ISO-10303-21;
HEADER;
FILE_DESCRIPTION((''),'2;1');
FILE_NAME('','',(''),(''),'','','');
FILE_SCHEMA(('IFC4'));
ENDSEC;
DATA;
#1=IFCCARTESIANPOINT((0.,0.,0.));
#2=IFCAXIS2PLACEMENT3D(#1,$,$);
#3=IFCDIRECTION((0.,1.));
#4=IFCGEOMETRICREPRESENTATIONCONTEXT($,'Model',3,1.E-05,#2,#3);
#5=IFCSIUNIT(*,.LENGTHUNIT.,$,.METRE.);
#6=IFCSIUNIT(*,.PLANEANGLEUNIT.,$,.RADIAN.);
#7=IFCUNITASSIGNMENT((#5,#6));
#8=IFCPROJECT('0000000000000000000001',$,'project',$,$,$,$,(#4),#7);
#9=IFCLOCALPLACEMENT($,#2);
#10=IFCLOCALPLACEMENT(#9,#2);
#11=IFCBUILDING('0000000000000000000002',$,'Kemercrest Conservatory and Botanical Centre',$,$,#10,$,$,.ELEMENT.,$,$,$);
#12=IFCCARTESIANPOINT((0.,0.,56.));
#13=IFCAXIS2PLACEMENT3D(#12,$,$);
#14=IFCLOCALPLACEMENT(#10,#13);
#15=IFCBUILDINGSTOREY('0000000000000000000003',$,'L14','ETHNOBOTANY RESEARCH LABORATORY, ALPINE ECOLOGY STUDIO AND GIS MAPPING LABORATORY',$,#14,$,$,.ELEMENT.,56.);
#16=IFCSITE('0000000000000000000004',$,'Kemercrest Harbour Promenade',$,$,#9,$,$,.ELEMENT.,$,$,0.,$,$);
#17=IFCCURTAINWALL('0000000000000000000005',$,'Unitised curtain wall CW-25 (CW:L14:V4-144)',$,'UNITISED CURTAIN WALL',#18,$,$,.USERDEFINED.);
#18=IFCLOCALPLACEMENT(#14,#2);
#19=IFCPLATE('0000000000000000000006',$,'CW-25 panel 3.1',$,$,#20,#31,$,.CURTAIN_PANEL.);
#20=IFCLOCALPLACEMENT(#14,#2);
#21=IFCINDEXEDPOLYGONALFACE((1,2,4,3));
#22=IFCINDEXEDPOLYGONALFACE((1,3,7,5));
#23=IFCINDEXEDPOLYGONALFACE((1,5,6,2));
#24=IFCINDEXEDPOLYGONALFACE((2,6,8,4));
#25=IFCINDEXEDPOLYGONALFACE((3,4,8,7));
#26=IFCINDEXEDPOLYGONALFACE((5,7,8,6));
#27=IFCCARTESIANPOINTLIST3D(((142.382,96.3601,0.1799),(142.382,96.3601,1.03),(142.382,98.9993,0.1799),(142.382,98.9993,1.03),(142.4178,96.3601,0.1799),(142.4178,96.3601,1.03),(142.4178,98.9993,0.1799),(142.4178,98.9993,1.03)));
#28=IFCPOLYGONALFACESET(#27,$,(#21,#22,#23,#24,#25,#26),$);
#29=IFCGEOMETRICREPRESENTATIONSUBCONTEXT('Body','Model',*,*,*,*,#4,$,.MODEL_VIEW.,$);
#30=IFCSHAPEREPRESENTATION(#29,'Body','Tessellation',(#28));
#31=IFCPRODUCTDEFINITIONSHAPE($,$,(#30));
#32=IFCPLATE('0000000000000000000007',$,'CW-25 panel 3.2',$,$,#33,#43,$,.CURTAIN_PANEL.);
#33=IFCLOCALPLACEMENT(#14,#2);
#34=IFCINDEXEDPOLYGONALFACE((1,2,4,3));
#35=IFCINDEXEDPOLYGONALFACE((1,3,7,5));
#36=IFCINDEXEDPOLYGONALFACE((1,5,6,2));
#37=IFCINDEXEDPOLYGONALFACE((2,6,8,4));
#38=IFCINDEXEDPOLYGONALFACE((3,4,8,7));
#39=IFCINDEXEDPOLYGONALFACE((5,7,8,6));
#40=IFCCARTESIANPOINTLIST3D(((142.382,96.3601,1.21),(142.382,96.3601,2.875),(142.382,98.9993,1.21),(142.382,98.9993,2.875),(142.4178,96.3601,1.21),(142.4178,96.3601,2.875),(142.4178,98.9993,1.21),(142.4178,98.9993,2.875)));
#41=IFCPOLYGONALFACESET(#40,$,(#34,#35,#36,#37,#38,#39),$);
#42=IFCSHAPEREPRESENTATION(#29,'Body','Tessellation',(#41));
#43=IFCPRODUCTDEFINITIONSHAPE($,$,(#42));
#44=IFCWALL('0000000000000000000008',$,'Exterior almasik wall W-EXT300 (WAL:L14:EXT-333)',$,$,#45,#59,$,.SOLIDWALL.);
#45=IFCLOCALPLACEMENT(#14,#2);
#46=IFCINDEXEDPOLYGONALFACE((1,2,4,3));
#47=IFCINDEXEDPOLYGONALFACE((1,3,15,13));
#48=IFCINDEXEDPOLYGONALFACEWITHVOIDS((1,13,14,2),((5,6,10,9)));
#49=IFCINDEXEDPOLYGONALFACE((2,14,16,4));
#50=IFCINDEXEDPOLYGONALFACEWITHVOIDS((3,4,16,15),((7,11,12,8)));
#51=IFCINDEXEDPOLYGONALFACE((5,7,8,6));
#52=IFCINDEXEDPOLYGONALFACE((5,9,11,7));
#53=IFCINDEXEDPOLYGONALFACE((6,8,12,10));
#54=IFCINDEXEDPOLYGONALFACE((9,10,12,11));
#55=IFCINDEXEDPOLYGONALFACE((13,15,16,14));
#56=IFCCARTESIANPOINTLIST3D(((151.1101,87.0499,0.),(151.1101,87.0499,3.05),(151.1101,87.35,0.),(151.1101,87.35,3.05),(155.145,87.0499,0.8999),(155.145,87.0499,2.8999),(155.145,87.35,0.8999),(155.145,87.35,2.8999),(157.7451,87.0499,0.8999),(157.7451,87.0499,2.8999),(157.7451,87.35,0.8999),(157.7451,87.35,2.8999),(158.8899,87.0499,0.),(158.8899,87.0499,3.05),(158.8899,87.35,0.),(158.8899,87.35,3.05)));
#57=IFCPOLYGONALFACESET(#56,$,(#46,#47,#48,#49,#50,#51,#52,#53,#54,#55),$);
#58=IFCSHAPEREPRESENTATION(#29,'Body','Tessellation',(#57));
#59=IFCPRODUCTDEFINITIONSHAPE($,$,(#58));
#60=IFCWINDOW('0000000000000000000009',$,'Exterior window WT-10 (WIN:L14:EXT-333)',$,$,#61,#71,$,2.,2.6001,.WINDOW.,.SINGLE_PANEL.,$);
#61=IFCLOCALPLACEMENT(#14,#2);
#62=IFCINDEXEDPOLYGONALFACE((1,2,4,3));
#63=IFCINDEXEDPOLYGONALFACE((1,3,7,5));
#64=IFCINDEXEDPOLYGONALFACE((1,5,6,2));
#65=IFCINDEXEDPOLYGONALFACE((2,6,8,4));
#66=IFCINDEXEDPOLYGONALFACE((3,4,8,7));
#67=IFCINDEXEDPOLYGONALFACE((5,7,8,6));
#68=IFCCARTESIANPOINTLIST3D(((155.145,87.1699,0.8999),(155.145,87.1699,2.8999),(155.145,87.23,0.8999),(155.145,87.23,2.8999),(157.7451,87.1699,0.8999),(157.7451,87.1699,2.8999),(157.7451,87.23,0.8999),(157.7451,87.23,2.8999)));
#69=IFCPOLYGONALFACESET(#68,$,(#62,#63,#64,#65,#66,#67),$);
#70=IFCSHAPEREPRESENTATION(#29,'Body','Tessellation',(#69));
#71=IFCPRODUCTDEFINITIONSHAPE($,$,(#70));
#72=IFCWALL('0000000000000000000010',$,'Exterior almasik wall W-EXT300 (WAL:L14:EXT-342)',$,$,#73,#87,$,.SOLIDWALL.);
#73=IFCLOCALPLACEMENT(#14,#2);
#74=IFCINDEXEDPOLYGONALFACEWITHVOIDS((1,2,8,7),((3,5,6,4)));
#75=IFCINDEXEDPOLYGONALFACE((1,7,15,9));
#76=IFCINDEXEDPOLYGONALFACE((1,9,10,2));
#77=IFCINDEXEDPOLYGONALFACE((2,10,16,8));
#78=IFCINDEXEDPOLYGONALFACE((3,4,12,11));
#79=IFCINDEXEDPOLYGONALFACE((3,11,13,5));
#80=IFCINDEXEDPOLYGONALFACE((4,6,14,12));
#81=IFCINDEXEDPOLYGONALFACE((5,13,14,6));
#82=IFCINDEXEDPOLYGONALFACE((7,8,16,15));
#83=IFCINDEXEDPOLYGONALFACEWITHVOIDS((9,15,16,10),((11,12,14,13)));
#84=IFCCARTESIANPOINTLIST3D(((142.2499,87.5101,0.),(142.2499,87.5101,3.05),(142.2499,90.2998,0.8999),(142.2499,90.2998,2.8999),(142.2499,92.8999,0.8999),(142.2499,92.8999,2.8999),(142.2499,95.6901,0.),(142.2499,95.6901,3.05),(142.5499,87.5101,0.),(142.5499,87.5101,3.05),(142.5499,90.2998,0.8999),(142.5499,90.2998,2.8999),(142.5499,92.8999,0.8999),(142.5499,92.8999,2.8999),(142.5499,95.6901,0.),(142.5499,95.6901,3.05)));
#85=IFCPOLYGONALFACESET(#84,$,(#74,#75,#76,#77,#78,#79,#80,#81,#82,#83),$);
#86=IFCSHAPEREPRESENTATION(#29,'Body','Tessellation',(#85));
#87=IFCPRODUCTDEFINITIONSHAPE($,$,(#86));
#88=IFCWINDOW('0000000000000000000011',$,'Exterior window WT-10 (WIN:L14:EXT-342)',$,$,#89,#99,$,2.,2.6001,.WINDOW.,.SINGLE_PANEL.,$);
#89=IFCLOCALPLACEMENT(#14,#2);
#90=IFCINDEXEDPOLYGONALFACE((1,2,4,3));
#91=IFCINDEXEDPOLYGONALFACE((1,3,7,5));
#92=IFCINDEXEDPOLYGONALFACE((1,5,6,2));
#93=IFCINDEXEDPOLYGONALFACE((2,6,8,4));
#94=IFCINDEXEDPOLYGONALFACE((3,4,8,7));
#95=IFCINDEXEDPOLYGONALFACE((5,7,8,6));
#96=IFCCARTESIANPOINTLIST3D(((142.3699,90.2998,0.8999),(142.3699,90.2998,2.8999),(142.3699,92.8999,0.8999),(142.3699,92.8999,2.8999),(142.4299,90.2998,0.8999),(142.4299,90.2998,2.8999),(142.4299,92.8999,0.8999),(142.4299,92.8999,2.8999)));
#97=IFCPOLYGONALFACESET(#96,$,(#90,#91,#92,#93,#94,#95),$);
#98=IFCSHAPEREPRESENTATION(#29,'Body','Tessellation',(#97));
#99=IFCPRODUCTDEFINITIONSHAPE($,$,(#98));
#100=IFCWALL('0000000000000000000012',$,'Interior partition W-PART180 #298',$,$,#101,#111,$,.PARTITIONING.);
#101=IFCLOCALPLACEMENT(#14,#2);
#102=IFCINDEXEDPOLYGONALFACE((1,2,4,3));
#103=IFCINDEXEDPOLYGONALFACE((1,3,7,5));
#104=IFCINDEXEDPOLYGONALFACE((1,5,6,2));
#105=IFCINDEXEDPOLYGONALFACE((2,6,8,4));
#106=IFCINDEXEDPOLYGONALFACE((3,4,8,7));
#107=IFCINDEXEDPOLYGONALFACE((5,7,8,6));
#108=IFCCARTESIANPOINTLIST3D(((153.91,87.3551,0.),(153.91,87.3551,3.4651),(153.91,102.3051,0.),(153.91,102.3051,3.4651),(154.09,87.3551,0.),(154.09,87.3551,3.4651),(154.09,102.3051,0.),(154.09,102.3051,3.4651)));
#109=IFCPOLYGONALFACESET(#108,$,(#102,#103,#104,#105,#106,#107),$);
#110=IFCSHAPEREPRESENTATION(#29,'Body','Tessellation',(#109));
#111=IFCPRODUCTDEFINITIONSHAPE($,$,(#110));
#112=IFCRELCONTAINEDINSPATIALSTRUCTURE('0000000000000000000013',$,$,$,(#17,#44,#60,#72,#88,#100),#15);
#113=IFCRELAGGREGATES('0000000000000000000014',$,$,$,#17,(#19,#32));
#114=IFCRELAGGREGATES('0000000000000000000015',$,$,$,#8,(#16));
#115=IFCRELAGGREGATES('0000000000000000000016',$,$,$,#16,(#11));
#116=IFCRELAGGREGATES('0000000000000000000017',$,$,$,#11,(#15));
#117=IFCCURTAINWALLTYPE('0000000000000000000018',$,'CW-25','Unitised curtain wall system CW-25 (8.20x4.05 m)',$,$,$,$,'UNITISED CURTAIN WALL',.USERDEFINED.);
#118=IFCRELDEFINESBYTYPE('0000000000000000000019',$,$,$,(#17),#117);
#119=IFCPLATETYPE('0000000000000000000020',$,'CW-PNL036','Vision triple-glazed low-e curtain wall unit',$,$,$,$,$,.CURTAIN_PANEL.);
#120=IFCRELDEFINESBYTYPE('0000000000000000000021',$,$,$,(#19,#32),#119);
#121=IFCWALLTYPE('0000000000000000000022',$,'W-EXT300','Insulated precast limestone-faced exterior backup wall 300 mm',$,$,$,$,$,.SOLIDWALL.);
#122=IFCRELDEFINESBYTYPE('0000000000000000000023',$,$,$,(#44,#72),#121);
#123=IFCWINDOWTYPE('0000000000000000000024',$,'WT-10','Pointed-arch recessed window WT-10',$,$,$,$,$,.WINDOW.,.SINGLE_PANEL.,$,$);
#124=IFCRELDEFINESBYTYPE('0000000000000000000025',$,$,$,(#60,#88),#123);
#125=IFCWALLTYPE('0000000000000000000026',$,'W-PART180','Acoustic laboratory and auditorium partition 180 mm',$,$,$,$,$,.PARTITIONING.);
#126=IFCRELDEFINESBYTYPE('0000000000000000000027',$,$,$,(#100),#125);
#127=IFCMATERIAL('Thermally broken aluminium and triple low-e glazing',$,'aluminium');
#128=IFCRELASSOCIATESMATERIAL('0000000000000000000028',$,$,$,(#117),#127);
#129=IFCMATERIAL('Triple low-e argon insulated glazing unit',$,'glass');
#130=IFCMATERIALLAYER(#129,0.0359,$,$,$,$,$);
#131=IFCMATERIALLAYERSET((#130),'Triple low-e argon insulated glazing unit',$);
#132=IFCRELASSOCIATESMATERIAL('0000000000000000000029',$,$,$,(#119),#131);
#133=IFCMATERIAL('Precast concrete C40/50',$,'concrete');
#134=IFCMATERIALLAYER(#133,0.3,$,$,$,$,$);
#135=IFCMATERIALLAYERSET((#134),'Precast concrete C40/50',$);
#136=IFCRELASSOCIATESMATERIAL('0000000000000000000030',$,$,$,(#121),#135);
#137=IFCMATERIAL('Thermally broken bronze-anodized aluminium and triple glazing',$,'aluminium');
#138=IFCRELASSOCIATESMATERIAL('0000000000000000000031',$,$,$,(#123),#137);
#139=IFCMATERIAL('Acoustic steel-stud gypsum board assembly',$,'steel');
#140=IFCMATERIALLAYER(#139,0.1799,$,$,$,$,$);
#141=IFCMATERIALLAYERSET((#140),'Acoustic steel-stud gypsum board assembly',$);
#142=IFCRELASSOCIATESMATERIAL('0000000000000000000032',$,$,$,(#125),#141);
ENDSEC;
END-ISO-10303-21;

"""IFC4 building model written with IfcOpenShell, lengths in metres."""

from ifc_helpers import new_model, si_unit, direction, frame, frame_2d, origin, origin_2d, place, context, subcontext, project, spatial, rectangle, extrude, material, layer, layer_set, type_object, element, fill, aggregate, save


model = new_model("IFC4")

# Units and contexts
model_context = context("Model", 3, precision=1e-05, world=origin(), true_north=direction((0.0, 1.0)))
body_context = subcontext(model_context, "Body", "Model", "MODEL_VIEW")
ifc_project = project(units=[si_unit("LENGTHUNIT", "METRE"), si_unit("PLANEANGLEUNIT", "RADIAN")], contexts=[model_context])

# Site, building, storey
site_placement = place(None, origin())
site = spatial("IfcSite", under=ifc_project, at=site_placement, Name="Kemercrest Harbour Promenade", CompositionType="ELEMENT", RefElevation=0.0)
building_placement = place(site_placement, origin())
building = spatial("IfcBuilding", under=site, at=building_placement, Name="Kemercrest Conservatory and Botanical Centre", CompositionType="ELEMENT")
storey_placement = place(building_placement, frame((0.0, 0.0, 56.0)))
storey = spatial("IfcBuildingStorey", under=building, at=storey_placement, Name="L14", Description="ETHNOBOTANY RESEARCH LABORATORY, ALPINE ECOLOGY STUDIO AND GIS MAPPING LABORATORY", CompositionType="ELEMENT", Elevation=56.0)

# Curtain wall
ifc_material_1 = material(Name="Thermally broken aluminium and triple low-e glazing", Category="aluminium")
curtain_wall_type = type_object("IfcCurtainWallType", Name="CW-25", Description="Unitised curtain wall system CW-25 (8.20x4.05 m)", ElementType="UNITISED CURTAIN WALL", PredefinedType="USERDEFINED", material=ifc_material_1)
curtain_wall_placement = place(storey_placement, origin())
curtain_wall = element("IfcCurtainWall", 1, at=curtain_wall_placement, inside=storey, type_object=curtain_wall_type, Name="Unitised curtain wall CW-25 (CW:L14:V4-144)", ObjectType="UNITISED CURTAIN WALL", PredefinedType="USERDEFINED")

# Plates
ifc_material_2 = material(Name="Triple low-e argon insulated glazing unit", Category="glass")
ifc_layer_1 = layer(ifc_material_2, 0.0359)
ifc_layer_set_1 = layer_set([ifc_layer_1], Name="Triple low-e argon insulated glazing unit")
plate_type = type_object("IfcPlateType", Name="CW-PNL036", Description="Vision triple-glazed low-e curtain wall unit", PredefinedType="CURTAIN_PANEL", material=ifc_layer_set_1)
plate_1_placement = place(storey_placement, frame((142.3999, 97.6797, 0.1799), z_axis=(0.0, 0.0, 1.0), x_axis=(0.0, -1.0, 0.0)))
plate_1 = element("IfcPlate", 2, at=plate_1_placement, type_object=plate_type, Name="CW-25 panel 3.1", PredefinedType="CURTAIN_PANEL", context=body_context, shape_type="SweptSolid", body=[
    extrude(rectangle(XDim=2.6392, YDim=0.0359, at=origin_2d()), origin(), (0.0, 0.0, 1.0), 0.8501),
])
plate_2_placement = place(storey_placement, frame((142.3999, 97.6797, 1.21), z_axis=(0.0, 0.0, 1.0), x_axis=(0.0, -1.0, 0.0)))
plate_2 = element("IfcPlate", 3, at=plate_2_placement, type_object=plate_type, Name="CW-25 panel 3.2", PredefinedType="CURTAIN_PANEL", context=body_context, shape_type="SweptSolid", body=[
    extrude(rectangle(XDim=2.6392, YDim=0.0359, at=origin_2d()), origin(), (0.0, 0.0, 1.0), 1.665),
])
aggregate(curtain_wall, [plate_1, plate_2])

# Walls, openings, windows
ifc_material_3 = material(Name="Precast concrete C40/50", Category="concrete")
ifc_layer_2 = layer(ifc_material_3, 0.3)
ifc_layer_set_2 = layer_set([ifc_layer_2], Name="Precast concrete C40/50")
wall_type_1 = type_object("IfcWallType", Name="W-EXT300", Description="Insulated precast limestone-faced exterior backup wall 300 mm", PredefinedType="SOLIDWALL", material=ifc_layer_set_2)
wall_1_placement = place(storey_placement, frame((151.1101, 87.2, 0.0), z_axis=(0.0, 0.0, 1.0), x_axis=(1.0, 0.0, 0.0)))
wall_1 = element("IfcWall", 4, at=wall_1_placement, inside=storey, type_object=wall_type_1, Name="Exterior almasik wall W-EXT300 (WAL:L14:EXT-333)", PredefinedType="SOLIDWALL", context=body_context, shape_type="SweptSolid", body=[
    extrude(rectangle(XDim=7.7798, YDim=0.3, at=frame_2d((3.8899, 0.0))), origin(), (0.0, 0.0, 1.0), 3.05),
])
opening_1_placement = place(wall_1_placement, frame((4.0349, 0.0, 0.8999)))
opening_1 = element("IfcOpeningElement", 5, at=opening_1_placement, cuts=wall_1, PredefinedType="OPENING", context=body_context, shape_type="SweptSolid", body=[
    extrude(rectangle(XDim=2.6001, YDim=2.0, at=frame_2d((1.3, 1.0))), frame((0.0, 0.1602, 0.0), z_axis=(0.0, -1.0, 0.0), x_axis=(1.0, 0.0, 0.0)), (0.0, 0.0, 1.0), 0.3201),
])
ifc_material_4 = material(Name="Thermally broken bronze-anodized aluminium and triple glazing", Category="aluminium")
window_type = type_object("IfcWindowType", Name="WT-10", Description="Pointed-arch recessed window WT-10", PartitioningType="SINGLE_PANEL", PredefinedType="WINDOW", material=ifc_material_4)
window_1_placement = place(opening_1_placement, origin())
window_1 = element("IfcWindow", 6, at=window_1_placement, inside=storey, type_object=window_type, Name="Exterior window WT-10 (WIN:L14:EXT-333)", OverallHeight=2.0, OverallWidth=2.6001, PartitioningType="SINGLE_PANEL", PredefinedType="WINDOW", context=body_context, shape_type="SweptSolid", body=[
    extrude(rectangle(XDim=2.6001, YDim=2.0, at=frame_2d((1.3, 1.0))), frame((0.0, 0.03, 0.0), z_axis=(0.0, -1.0, 0.0), x_axis=(1.0, 0.0, 0.0)), (0.0, 0.0, 1.0), 0.0601),
])
fill(opening_1, window_1)
wall_2_placement = place(storey_placement, frame((142.3999, 95.6899, 0.0), z_axis=(0.0, 0.0, 1.0), x_axis=(0.0, -1.0, 0.0)))
wall_2 = element("IfcWall", 7, at=wall_2_placement, inside=storey, type_object=wall_type_1, Name="Exterior almasik wall W-EXT300 (WAL:L14:EXT-342)", PredefinedType="SOLIDWALL", context=body_context, shape_type="SweptSolid", body=[
    extrude(rectangle(XDim=8.1799, YDim=0.3, at=frame_2d((4.0898, 0.0))), origin(), (0.0, 0.0, 1.0), 3.05),
])
opening_2_placement = place(wall_2_placement, frame((2.79, 0.0, 0.8999)))
opening_2 = element("IfcOpeningElement", 8, at=opening_2_placement, cuts=wall_2, PredefinedType="OPENING", context=body_context, shape_type="SweptSolid", body=[
    extrude(rectangle(XDim=2.6001, YDim=2.0, at=frame_2d((1.3, 1.0))), frame((0.0, 0.1602, 0.0), z_axis=(0.0, -1.0, 0.0), x_axis=(1.0, 0.0, 0.0)), (0.0, 0.0, 1.0), 0.3201),
])
window_2_placement = place(opening_2_placement, origin())
window_2 = element("IfcWindow", 9, at=window_2_placement, inside=storey, type_object=window_type, Name="Exterior window WT-10 (WIN:L14:EXT-342)", OverallHeight=2.0, OverallWidth=2.6001, PartitioningType="SINGLE_PANEL", PredefinedType="WINDOW", context=body_context, shape_type="SweptSolid", body=[
    extrude(rectangle(XDim=2.6001, YDim=2.0, at=frame_2d((1.3, 1.0))), frame((0.0, 0.03, 0.0), z_axis=(0.0, -1.0, 0.0), x_axis=(1.0, 0.0, 0.0)), (0.0, 0.0, 1.0), 0.0601),
])
fill(opening_2, window_2)

# Wall
ifc_material_5 = material(Name="Acoustic steel-stud gypsum board assembly", Category="steel")
ifc_layer_3 = layer(ifc_material_5, 0.1799)
ifc_layer_set_3 = layer_set([ifc_layer_3], Name="Acoustic steel-stud gypsum board assembly")
wall_type_2 = type_object("IfcWallType", Name="W-PART180", Description="Acoustic laboratory and auditorium partition 180 mm", PredefinedType="PARTITIONING", material=ifc_layer_set_3)
wall_3_placement = place(storey_placement, frame((154.0, 87.355, 0.0), z_axis=(0.0, 0.0, 1.0), x_axis=(0.0, 1.0, 0.0)))
element("IfcWall", 10, at=wall_3_placement, inside=storey, type_object=wall_type_2, Name="Interior partition W-PART180 #298", PredefinedType="PARTITIONING", context=body_context, shape_type="SweptSolid", body=[
    extrude(rectangle(XDim=14.95, YDim=0.1799, at=frame_2d((7.4751, 0.0))), origin(), (0.0, 0.0, 1.0), 3.4651),
])

save(model, "model.ifc")
